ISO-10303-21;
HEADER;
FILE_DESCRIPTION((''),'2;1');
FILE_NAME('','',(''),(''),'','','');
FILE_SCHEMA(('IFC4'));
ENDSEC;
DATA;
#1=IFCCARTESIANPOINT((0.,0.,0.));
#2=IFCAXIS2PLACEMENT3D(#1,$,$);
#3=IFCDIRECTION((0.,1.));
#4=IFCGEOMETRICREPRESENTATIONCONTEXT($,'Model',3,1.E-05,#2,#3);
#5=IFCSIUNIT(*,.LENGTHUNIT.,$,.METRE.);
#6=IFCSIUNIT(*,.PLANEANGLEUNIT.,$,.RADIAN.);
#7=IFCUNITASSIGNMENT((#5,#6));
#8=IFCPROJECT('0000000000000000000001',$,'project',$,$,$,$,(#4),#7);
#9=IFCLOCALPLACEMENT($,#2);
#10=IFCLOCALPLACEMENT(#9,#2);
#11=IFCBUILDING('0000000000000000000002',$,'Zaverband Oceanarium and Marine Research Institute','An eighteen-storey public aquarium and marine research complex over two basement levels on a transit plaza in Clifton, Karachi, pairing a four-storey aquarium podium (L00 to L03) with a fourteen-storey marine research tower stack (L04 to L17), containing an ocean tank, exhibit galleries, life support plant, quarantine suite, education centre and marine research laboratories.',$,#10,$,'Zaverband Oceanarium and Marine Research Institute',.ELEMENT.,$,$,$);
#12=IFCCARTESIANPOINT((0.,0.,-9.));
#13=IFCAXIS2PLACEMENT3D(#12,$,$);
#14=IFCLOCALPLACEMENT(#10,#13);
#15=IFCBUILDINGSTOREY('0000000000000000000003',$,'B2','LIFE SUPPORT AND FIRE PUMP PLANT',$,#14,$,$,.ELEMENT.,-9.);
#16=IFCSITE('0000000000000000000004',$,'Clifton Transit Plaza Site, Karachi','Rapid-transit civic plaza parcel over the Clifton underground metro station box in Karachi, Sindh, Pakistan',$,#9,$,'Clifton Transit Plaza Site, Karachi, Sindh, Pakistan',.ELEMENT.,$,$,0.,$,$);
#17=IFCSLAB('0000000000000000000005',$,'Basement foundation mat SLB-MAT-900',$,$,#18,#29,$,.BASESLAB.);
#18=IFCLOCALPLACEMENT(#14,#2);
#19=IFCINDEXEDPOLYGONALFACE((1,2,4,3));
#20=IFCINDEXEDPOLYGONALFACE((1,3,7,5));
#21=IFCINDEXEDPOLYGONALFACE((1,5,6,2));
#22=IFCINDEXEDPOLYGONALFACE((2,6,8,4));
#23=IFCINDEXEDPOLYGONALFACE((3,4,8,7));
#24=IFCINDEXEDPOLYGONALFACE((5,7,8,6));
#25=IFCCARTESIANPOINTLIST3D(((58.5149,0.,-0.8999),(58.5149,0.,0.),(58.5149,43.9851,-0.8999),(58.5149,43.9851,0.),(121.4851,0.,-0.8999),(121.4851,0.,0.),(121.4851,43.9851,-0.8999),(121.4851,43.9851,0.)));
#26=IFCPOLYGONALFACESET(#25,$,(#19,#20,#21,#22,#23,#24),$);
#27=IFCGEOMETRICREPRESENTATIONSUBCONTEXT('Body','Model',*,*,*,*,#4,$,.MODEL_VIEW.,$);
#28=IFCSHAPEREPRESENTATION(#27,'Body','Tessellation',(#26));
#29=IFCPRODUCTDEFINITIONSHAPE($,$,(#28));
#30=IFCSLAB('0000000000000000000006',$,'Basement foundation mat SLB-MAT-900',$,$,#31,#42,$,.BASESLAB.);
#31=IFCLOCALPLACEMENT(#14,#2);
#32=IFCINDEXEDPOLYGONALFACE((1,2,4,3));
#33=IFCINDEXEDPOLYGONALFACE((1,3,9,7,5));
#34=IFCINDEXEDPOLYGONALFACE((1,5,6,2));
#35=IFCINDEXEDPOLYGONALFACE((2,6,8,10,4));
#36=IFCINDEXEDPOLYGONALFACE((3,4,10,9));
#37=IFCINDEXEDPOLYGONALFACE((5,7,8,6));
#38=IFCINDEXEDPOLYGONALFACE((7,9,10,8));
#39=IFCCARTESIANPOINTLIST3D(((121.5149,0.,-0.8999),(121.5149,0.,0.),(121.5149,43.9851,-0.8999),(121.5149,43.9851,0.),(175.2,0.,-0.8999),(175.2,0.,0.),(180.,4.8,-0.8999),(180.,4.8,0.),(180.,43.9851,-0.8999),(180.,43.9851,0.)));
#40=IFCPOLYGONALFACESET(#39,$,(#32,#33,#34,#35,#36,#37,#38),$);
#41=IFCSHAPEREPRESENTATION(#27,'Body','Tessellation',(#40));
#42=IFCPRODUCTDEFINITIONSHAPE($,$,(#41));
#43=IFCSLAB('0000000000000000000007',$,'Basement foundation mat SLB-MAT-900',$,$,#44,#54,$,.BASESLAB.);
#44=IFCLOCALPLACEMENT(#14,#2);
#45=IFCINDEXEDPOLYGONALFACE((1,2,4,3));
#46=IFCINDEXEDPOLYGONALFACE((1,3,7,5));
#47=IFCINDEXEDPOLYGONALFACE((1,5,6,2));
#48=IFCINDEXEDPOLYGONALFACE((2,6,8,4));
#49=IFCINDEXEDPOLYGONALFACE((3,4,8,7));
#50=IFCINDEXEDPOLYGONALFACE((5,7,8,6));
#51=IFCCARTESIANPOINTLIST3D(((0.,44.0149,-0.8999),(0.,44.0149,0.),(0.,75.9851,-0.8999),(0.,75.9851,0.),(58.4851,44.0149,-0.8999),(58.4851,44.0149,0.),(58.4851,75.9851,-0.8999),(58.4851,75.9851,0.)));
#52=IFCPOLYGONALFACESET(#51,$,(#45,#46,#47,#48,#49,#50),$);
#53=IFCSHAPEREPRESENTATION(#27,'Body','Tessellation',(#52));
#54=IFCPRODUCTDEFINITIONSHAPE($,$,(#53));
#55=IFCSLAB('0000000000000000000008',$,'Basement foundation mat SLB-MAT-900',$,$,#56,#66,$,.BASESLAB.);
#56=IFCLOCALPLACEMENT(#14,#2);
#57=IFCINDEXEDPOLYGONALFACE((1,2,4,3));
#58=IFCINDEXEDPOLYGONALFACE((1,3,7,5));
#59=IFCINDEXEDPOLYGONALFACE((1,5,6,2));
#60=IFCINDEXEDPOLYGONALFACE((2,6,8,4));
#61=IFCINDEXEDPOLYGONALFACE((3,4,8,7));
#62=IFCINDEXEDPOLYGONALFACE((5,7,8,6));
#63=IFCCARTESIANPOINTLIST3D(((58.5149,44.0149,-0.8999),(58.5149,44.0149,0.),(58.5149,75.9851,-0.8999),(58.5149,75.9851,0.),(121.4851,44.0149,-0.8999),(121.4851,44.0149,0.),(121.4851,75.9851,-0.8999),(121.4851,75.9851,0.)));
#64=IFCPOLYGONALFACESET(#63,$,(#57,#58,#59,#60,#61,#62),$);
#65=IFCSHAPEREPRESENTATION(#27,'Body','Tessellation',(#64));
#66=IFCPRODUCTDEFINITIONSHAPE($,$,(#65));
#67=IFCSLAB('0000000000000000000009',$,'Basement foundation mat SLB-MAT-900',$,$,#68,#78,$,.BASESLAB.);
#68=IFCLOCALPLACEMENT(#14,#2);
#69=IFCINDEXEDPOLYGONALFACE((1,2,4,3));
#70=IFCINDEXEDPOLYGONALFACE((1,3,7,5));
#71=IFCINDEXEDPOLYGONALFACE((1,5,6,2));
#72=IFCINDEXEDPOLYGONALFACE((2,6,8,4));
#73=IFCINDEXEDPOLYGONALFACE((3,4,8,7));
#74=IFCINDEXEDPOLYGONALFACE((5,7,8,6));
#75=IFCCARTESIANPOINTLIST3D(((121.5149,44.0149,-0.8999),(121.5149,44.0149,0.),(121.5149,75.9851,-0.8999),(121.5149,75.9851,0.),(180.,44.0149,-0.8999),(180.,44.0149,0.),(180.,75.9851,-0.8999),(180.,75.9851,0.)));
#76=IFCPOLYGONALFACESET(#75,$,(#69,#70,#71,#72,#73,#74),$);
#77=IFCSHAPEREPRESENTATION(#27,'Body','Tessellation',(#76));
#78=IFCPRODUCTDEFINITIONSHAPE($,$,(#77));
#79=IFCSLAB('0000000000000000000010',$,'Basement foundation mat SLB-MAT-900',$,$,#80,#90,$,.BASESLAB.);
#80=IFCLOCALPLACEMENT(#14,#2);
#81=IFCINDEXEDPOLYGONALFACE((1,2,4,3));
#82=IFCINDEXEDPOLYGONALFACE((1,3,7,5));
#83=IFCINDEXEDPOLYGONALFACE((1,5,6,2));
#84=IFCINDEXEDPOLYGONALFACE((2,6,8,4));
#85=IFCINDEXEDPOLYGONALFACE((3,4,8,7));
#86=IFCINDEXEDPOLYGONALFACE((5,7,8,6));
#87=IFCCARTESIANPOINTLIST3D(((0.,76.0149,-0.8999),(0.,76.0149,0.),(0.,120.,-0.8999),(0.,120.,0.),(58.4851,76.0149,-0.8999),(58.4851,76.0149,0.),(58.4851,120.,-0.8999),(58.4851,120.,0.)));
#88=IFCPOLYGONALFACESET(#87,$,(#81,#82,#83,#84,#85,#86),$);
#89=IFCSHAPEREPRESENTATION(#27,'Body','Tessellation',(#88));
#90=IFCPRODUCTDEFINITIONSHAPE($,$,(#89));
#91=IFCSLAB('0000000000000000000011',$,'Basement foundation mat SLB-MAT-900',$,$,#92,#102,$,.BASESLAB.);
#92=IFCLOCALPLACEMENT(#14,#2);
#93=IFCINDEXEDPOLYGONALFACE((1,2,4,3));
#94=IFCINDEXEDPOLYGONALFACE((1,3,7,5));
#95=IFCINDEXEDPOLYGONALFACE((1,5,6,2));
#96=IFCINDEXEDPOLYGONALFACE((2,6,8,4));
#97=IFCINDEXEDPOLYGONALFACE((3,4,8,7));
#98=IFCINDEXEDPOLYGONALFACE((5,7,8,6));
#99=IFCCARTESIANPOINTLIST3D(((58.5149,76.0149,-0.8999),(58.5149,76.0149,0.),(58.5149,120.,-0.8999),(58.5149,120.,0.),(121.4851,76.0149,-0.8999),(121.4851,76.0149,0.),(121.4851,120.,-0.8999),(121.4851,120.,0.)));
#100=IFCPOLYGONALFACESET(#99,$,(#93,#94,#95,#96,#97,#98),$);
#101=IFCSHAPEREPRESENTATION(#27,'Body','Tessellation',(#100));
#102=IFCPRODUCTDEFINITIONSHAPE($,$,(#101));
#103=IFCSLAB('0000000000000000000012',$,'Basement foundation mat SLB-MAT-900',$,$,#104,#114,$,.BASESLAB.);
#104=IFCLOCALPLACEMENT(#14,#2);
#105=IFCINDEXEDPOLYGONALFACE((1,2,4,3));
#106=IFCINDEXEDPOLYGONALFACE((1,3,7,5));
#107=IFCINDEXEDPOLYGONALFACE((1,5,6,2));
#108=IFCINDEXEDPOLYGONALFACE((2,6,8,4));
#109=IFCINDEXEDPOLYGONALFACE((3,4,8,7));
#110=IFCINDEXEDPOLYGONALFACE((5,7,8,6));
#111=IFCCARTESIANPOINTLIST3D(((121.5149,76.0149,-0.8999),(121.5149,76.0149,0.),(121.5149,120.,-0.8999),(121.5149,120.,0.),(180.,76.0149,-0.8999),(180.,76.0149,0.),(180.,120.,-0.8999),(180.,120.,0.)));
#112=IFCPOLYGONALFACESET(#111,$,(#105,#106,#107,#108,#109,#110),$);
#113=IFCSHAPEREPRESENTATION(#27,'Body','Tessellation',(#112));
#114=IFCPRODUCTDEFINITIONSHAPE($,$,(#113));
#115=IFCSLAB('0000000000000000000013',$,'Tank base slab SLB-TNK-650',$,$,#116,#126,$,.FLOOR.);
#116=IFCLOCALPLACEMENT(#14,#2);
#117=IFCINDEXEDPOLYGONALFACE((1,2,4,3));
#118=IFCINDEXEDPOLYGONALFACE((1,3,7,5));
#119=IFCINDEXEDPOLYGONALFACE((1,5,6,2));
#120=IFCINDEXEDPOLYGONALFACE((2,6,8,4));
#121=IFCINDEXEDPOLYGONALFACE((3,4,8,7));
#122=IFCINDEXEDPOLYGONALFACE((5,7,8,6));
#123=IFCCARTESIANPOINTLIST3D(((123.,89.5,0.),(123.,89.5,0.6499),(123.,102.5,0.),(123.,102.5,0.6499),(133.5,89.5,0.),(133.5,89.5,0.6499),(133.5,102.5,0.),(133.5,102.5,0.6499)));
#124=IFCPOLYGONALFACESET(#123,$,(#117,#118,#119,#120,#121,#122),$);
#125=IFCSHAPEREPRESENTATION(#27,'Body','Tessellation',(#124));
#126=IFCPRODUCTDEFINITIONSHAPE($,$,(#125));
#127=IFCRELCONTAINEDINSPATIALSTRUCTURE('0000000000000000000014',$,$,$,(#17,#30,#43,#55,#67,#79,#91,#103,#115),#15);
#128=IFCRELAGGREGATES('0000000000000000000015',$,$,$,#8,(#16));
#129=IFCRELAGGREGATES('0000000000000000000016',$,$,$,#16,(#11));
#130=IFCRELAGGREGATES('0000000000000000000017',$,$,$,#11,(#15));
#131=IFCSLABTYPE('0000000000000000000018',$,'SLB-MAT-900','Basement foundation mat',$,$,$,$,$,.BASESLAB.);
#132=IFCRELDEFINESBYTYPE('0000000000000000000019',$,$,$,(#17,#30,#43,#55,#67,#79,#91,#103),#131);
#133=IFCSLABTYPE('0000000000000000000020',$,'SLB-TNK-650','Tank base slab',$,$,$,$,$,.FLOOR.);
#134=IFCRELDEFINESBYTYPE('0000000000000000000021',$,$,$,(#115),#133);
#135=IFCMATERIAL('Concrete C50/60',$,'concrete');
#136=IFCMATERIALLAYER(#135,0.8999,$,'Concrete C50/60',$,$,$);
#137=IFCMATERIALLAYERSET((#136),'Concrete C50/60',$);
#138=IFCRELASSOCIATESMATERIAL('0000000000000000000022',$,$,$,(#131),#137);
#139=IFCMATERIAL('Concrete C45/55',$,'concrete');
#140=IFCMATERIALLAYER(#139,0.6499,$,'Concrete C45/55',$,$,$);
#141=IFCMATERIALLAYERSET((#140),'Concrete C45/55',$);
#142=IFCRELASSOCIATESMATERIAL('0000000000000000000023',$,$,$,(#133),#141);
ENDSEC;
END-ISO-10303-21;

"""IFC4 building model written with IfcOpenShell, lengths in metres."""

from ifc_helpers import new_model, si_unit, direction, frame, origin, place, context, subcontext, project, spatial, polyline, outline, extrude, material, layer, layer_set, type_object, element, save


model = new_model("IFC4")

# Units and contexts
model_context = context("Model", 3, precision=1e-05, world=origin(), true_north=direction((0.0, 1.0)))
body_context = subcontext(model_context, "Body", "Model", "MODEL_VIEW")
ifc_project = project(units=[si_unit("LENGTHUNIT", "METRE"), si_unit("PLANEANGLEUNIT", "RADIAN")], contexts=[model_context])

# Site, building, storey
site_placement = place(None, origin())
site = spatial("IfcSite", under=ifc_project, at=site_placement, Name="Clifton Transit Plaza Site, Karachi", Description="Rapid-transit civic plaza parcel over the Clifton underground metro station box in Karachi, Sindh, Pakistan", LongName="Clifton Transit Plaza Site, Karachi, Sindh, Pakistan", CompositionType="ELEMENT", RefElevation=0.0)
building_placement = place(site_placement, origin())
building = spatial("IfcBuilding", under=site, at=building_placement, Name="Zaverband Oceanarium and Marine Research Institute", Description="An eighteen-storey public aquarium and marine research complex over two basement levels on a transit plaza in Clifton, Karachi, pairing a four-storey aquarium podium (L00 to L03) with a fourteen-storey marine research tower stack (L04 to L17), containing an ocean tank, exhibit galleries, life support plant, quarantine suite, education centre and marine research laboratories.", LongName="Zaverband Oceanarium and Marine Research Institute", CompositionType="ELEMENT")
storey_placement = place(building_placement, frame((0.0, 0.0, -9.0)))
storey = spatial("IfcBuildingStorey", under=building, at=storey_placement, Name="B2", Description="LIFE SUPPORT AND FIRE PUMP PLANT", CompositionType="ELEMENT", Elevation=-9.0)

# Shared definitions
ifc_material_1 = material(Name="Concrete C50/60", Category="concrete")

# Slabs
ifc_layer_1 = layer(ifc_material_1, 0.8999, Name="Concrete C50/60")
ifc_layer_set_1 = layer_set([ifc_layer_1], Name="Concrete C50/60")
slab_type_1 = type_object("IfcSlabType", Name="SLB-MAT-900", Description="Basement foundation mat", PredefinedType="BASESLAB", material=ifc_layer_set_1)
slab_1_placement = place(storey_placement, frame((0.0, 0.0, -0.8999)))
element("IfcSlab", 1, at=slab_1_placement, inside=storey, type_object=slab_type_1, Name="Basement foundation mat SLB-MAT-900", PredefinedType="BASESLAB", context=body_context, shape_type="SweptSolid", body=[
    extrude(outline(polyline([(58.5149, 0.0), (121.4851, 0.0), (121.4851, 43.9851), (58.5149, 43.9851), (58.5149, 0.0)])), origin(), (0.0, 0.0, 1.0), 0.8999),
])
slab_2_placement = place(storey_placement, frame((0.0, 0.0, -0.8999)))
element("IfcSlab", 2, at=slab_2_placement, inside=storey, type_object=slab_type_1, Name="Basement foundation mat SLB-MAT-900", PredefinedType="BASESLAB", context=body_context, shape_type="SweptSolid", body=[
    extrude(outline(polyline([(121.5149, 0.0), (175.2, 0.0), (180.0, 4.8), (180.0, 43.9851), (121.5149, 43.9851), (121.5149, 0.0)])), origin(), (0.0, 0.0, 1.0), 0.8999),
])
slab_3_placement = place(storey_placement, frame((0.0, 0.0, -0.8999)))
element("IfcSlab", 3, at=slab_3_placement, inside=storey, type_object=slab_type_1, Name="Basement foundation mat SLB-MAT-900", PredefinedType="BASESLAB", context=body_context, shape_type="SweptSolid", body=[
    extrude(outline(polyline([(0.0, 44.0149), (58.4851, 44.0149), (58.4851, 75.9851), (0.0, 75.9851), (0.0, 44.0149)])), origin(), (0.0, 0.0, 1.0), 0.8999),
])
slab_4_placement = place(storey_placement, frame((0.0, 0.0, -0.8999)))
element("IfcSlab", 4, at=slab_4_placement, inside=storey, type_object=slab_type_1, Name="Basement foundation mat SLB-MAT-900", PredefinedType="BASESLAB", context=body_context, shape_type="SweptSolid", body=[
    extrude(outline(polyline([(58.5149, 44.0149), (121.4851, 44.0149), (121.4851, 75.9851), (58.5149, 75.9851), (58.5149, 44.0149)])), origin(), (0.0, 0.0, 1.0), 0.8999),
])
slab_5_placement = place(storey_placement, frame((0.0, 0.0, -0.8999)))
element("IfcSlab", 5, at=slab_5_placement, inside=storey, type_object=slab_type_1, Name="Basement foundation mat SLB-MAT-900", PredefinedType="BASESLAB", context=body_context, shape_type="SweptSolid", body=[
    extrude(outline(polyline([(121.5149, 44.0149), (180.0, 44.0149), (180.0, 75.9851), (121.5149, 75.9851), (121.5149, 44.0149)])), origin(), (0.0, 0.0, 1.0), 0.8999),
])
slab_6_placement = place(storey_placement, frame((0.0, 0.0, -0.8999)))
element("IfcSlab", 6, at=slab_6_placement, inside=storey, type_object=slab_type_1, Name="Basement foundation mat SLB-MAT-900", PredefinedType="BASESLAB", context=body_context, shape_type="SweptSolid", body=[
    extrude(outline(polyline([(0.0, 76.0149), (58.4851, 76.0149), (58.4851, 120.0), (0.0, 120.0), (0.0, 76.0149)])), origin(), (0.0, 0.0, 1.0), 0.8999),
])
slab_7_placement = place(storey_placement, frame((0.0, 0.0, -0.8999)))
element("IfcSlab", 7, at=slab_7_placement, inside=storey, type_object=slab_type_1, Name="Basement foundation mat SLB-MAT-900", PredefinedType="BASESLAB", context=body_context, shape_type="SweptSolid", body=[
    extrude(outline(polyline([(58.5149, 76.0149), (121.4851, 76.0149), (121.4851, 120.0), (58.5149, 120.0), (58.5149, 76.0149)])), origin(), (0.0, 0.0, 1.0), 0.8999),
])
slab_8_placement = place(storey_placement, frame((0.0, 0.0, -0.8999)))
element("IfcSlab", 8, at=slab_8_placement, inside=storey, type_object=slab_type_1, Name="Basement foundation mat SLB-MAT-900", PredefinedType="BASESLAB", context=body_context, shape_type="SweptSolid", body=[
    extrude(outline(polyline([(121.5149, 76.0149), (180.0, 76.0149), (180.0, 120.0), (121.5149, 120.0), (121.5149, 76.0149)])), origin(), (0.0, 0.0, 1.0), 0.8999),
])
ifc_material_2 = material(Name="Concrete C45/55", Category="concrete")
ifc_layer_2 = layer(ifc_material_2, 0.6499, Name="Concrete C45/55")
ifc_layer_set_2 = layer_set([ifc_layer_2], Name="Concrete C45/55")
slab_type_2 = type_object("IfcSlabType", Name="SLB-TNK-650", Description="Tank base slab", PredefinedType="FLOOR", material=ifc_layer_set_2)
slab_9_placement = place(storey_placement, origin())
element("IfcSlab", 9, at=slab_9_placement, inside=storey, type_object=slab_type_2, Name="Tank base slab SLB-TNK-650", PredefinedType="FLOOR", context=body_context, shape_type="SweptSolid", body=[
    extrude(outline(polyline([(123.0, 89.5), (133.5, 89.5), (133.5, 102.5), (123.0, 102.5), (123.0, 89.5)])), origin(), (0.0, 0.0, 1.0), 0.6499),
])

save(model, "model.ifc")
